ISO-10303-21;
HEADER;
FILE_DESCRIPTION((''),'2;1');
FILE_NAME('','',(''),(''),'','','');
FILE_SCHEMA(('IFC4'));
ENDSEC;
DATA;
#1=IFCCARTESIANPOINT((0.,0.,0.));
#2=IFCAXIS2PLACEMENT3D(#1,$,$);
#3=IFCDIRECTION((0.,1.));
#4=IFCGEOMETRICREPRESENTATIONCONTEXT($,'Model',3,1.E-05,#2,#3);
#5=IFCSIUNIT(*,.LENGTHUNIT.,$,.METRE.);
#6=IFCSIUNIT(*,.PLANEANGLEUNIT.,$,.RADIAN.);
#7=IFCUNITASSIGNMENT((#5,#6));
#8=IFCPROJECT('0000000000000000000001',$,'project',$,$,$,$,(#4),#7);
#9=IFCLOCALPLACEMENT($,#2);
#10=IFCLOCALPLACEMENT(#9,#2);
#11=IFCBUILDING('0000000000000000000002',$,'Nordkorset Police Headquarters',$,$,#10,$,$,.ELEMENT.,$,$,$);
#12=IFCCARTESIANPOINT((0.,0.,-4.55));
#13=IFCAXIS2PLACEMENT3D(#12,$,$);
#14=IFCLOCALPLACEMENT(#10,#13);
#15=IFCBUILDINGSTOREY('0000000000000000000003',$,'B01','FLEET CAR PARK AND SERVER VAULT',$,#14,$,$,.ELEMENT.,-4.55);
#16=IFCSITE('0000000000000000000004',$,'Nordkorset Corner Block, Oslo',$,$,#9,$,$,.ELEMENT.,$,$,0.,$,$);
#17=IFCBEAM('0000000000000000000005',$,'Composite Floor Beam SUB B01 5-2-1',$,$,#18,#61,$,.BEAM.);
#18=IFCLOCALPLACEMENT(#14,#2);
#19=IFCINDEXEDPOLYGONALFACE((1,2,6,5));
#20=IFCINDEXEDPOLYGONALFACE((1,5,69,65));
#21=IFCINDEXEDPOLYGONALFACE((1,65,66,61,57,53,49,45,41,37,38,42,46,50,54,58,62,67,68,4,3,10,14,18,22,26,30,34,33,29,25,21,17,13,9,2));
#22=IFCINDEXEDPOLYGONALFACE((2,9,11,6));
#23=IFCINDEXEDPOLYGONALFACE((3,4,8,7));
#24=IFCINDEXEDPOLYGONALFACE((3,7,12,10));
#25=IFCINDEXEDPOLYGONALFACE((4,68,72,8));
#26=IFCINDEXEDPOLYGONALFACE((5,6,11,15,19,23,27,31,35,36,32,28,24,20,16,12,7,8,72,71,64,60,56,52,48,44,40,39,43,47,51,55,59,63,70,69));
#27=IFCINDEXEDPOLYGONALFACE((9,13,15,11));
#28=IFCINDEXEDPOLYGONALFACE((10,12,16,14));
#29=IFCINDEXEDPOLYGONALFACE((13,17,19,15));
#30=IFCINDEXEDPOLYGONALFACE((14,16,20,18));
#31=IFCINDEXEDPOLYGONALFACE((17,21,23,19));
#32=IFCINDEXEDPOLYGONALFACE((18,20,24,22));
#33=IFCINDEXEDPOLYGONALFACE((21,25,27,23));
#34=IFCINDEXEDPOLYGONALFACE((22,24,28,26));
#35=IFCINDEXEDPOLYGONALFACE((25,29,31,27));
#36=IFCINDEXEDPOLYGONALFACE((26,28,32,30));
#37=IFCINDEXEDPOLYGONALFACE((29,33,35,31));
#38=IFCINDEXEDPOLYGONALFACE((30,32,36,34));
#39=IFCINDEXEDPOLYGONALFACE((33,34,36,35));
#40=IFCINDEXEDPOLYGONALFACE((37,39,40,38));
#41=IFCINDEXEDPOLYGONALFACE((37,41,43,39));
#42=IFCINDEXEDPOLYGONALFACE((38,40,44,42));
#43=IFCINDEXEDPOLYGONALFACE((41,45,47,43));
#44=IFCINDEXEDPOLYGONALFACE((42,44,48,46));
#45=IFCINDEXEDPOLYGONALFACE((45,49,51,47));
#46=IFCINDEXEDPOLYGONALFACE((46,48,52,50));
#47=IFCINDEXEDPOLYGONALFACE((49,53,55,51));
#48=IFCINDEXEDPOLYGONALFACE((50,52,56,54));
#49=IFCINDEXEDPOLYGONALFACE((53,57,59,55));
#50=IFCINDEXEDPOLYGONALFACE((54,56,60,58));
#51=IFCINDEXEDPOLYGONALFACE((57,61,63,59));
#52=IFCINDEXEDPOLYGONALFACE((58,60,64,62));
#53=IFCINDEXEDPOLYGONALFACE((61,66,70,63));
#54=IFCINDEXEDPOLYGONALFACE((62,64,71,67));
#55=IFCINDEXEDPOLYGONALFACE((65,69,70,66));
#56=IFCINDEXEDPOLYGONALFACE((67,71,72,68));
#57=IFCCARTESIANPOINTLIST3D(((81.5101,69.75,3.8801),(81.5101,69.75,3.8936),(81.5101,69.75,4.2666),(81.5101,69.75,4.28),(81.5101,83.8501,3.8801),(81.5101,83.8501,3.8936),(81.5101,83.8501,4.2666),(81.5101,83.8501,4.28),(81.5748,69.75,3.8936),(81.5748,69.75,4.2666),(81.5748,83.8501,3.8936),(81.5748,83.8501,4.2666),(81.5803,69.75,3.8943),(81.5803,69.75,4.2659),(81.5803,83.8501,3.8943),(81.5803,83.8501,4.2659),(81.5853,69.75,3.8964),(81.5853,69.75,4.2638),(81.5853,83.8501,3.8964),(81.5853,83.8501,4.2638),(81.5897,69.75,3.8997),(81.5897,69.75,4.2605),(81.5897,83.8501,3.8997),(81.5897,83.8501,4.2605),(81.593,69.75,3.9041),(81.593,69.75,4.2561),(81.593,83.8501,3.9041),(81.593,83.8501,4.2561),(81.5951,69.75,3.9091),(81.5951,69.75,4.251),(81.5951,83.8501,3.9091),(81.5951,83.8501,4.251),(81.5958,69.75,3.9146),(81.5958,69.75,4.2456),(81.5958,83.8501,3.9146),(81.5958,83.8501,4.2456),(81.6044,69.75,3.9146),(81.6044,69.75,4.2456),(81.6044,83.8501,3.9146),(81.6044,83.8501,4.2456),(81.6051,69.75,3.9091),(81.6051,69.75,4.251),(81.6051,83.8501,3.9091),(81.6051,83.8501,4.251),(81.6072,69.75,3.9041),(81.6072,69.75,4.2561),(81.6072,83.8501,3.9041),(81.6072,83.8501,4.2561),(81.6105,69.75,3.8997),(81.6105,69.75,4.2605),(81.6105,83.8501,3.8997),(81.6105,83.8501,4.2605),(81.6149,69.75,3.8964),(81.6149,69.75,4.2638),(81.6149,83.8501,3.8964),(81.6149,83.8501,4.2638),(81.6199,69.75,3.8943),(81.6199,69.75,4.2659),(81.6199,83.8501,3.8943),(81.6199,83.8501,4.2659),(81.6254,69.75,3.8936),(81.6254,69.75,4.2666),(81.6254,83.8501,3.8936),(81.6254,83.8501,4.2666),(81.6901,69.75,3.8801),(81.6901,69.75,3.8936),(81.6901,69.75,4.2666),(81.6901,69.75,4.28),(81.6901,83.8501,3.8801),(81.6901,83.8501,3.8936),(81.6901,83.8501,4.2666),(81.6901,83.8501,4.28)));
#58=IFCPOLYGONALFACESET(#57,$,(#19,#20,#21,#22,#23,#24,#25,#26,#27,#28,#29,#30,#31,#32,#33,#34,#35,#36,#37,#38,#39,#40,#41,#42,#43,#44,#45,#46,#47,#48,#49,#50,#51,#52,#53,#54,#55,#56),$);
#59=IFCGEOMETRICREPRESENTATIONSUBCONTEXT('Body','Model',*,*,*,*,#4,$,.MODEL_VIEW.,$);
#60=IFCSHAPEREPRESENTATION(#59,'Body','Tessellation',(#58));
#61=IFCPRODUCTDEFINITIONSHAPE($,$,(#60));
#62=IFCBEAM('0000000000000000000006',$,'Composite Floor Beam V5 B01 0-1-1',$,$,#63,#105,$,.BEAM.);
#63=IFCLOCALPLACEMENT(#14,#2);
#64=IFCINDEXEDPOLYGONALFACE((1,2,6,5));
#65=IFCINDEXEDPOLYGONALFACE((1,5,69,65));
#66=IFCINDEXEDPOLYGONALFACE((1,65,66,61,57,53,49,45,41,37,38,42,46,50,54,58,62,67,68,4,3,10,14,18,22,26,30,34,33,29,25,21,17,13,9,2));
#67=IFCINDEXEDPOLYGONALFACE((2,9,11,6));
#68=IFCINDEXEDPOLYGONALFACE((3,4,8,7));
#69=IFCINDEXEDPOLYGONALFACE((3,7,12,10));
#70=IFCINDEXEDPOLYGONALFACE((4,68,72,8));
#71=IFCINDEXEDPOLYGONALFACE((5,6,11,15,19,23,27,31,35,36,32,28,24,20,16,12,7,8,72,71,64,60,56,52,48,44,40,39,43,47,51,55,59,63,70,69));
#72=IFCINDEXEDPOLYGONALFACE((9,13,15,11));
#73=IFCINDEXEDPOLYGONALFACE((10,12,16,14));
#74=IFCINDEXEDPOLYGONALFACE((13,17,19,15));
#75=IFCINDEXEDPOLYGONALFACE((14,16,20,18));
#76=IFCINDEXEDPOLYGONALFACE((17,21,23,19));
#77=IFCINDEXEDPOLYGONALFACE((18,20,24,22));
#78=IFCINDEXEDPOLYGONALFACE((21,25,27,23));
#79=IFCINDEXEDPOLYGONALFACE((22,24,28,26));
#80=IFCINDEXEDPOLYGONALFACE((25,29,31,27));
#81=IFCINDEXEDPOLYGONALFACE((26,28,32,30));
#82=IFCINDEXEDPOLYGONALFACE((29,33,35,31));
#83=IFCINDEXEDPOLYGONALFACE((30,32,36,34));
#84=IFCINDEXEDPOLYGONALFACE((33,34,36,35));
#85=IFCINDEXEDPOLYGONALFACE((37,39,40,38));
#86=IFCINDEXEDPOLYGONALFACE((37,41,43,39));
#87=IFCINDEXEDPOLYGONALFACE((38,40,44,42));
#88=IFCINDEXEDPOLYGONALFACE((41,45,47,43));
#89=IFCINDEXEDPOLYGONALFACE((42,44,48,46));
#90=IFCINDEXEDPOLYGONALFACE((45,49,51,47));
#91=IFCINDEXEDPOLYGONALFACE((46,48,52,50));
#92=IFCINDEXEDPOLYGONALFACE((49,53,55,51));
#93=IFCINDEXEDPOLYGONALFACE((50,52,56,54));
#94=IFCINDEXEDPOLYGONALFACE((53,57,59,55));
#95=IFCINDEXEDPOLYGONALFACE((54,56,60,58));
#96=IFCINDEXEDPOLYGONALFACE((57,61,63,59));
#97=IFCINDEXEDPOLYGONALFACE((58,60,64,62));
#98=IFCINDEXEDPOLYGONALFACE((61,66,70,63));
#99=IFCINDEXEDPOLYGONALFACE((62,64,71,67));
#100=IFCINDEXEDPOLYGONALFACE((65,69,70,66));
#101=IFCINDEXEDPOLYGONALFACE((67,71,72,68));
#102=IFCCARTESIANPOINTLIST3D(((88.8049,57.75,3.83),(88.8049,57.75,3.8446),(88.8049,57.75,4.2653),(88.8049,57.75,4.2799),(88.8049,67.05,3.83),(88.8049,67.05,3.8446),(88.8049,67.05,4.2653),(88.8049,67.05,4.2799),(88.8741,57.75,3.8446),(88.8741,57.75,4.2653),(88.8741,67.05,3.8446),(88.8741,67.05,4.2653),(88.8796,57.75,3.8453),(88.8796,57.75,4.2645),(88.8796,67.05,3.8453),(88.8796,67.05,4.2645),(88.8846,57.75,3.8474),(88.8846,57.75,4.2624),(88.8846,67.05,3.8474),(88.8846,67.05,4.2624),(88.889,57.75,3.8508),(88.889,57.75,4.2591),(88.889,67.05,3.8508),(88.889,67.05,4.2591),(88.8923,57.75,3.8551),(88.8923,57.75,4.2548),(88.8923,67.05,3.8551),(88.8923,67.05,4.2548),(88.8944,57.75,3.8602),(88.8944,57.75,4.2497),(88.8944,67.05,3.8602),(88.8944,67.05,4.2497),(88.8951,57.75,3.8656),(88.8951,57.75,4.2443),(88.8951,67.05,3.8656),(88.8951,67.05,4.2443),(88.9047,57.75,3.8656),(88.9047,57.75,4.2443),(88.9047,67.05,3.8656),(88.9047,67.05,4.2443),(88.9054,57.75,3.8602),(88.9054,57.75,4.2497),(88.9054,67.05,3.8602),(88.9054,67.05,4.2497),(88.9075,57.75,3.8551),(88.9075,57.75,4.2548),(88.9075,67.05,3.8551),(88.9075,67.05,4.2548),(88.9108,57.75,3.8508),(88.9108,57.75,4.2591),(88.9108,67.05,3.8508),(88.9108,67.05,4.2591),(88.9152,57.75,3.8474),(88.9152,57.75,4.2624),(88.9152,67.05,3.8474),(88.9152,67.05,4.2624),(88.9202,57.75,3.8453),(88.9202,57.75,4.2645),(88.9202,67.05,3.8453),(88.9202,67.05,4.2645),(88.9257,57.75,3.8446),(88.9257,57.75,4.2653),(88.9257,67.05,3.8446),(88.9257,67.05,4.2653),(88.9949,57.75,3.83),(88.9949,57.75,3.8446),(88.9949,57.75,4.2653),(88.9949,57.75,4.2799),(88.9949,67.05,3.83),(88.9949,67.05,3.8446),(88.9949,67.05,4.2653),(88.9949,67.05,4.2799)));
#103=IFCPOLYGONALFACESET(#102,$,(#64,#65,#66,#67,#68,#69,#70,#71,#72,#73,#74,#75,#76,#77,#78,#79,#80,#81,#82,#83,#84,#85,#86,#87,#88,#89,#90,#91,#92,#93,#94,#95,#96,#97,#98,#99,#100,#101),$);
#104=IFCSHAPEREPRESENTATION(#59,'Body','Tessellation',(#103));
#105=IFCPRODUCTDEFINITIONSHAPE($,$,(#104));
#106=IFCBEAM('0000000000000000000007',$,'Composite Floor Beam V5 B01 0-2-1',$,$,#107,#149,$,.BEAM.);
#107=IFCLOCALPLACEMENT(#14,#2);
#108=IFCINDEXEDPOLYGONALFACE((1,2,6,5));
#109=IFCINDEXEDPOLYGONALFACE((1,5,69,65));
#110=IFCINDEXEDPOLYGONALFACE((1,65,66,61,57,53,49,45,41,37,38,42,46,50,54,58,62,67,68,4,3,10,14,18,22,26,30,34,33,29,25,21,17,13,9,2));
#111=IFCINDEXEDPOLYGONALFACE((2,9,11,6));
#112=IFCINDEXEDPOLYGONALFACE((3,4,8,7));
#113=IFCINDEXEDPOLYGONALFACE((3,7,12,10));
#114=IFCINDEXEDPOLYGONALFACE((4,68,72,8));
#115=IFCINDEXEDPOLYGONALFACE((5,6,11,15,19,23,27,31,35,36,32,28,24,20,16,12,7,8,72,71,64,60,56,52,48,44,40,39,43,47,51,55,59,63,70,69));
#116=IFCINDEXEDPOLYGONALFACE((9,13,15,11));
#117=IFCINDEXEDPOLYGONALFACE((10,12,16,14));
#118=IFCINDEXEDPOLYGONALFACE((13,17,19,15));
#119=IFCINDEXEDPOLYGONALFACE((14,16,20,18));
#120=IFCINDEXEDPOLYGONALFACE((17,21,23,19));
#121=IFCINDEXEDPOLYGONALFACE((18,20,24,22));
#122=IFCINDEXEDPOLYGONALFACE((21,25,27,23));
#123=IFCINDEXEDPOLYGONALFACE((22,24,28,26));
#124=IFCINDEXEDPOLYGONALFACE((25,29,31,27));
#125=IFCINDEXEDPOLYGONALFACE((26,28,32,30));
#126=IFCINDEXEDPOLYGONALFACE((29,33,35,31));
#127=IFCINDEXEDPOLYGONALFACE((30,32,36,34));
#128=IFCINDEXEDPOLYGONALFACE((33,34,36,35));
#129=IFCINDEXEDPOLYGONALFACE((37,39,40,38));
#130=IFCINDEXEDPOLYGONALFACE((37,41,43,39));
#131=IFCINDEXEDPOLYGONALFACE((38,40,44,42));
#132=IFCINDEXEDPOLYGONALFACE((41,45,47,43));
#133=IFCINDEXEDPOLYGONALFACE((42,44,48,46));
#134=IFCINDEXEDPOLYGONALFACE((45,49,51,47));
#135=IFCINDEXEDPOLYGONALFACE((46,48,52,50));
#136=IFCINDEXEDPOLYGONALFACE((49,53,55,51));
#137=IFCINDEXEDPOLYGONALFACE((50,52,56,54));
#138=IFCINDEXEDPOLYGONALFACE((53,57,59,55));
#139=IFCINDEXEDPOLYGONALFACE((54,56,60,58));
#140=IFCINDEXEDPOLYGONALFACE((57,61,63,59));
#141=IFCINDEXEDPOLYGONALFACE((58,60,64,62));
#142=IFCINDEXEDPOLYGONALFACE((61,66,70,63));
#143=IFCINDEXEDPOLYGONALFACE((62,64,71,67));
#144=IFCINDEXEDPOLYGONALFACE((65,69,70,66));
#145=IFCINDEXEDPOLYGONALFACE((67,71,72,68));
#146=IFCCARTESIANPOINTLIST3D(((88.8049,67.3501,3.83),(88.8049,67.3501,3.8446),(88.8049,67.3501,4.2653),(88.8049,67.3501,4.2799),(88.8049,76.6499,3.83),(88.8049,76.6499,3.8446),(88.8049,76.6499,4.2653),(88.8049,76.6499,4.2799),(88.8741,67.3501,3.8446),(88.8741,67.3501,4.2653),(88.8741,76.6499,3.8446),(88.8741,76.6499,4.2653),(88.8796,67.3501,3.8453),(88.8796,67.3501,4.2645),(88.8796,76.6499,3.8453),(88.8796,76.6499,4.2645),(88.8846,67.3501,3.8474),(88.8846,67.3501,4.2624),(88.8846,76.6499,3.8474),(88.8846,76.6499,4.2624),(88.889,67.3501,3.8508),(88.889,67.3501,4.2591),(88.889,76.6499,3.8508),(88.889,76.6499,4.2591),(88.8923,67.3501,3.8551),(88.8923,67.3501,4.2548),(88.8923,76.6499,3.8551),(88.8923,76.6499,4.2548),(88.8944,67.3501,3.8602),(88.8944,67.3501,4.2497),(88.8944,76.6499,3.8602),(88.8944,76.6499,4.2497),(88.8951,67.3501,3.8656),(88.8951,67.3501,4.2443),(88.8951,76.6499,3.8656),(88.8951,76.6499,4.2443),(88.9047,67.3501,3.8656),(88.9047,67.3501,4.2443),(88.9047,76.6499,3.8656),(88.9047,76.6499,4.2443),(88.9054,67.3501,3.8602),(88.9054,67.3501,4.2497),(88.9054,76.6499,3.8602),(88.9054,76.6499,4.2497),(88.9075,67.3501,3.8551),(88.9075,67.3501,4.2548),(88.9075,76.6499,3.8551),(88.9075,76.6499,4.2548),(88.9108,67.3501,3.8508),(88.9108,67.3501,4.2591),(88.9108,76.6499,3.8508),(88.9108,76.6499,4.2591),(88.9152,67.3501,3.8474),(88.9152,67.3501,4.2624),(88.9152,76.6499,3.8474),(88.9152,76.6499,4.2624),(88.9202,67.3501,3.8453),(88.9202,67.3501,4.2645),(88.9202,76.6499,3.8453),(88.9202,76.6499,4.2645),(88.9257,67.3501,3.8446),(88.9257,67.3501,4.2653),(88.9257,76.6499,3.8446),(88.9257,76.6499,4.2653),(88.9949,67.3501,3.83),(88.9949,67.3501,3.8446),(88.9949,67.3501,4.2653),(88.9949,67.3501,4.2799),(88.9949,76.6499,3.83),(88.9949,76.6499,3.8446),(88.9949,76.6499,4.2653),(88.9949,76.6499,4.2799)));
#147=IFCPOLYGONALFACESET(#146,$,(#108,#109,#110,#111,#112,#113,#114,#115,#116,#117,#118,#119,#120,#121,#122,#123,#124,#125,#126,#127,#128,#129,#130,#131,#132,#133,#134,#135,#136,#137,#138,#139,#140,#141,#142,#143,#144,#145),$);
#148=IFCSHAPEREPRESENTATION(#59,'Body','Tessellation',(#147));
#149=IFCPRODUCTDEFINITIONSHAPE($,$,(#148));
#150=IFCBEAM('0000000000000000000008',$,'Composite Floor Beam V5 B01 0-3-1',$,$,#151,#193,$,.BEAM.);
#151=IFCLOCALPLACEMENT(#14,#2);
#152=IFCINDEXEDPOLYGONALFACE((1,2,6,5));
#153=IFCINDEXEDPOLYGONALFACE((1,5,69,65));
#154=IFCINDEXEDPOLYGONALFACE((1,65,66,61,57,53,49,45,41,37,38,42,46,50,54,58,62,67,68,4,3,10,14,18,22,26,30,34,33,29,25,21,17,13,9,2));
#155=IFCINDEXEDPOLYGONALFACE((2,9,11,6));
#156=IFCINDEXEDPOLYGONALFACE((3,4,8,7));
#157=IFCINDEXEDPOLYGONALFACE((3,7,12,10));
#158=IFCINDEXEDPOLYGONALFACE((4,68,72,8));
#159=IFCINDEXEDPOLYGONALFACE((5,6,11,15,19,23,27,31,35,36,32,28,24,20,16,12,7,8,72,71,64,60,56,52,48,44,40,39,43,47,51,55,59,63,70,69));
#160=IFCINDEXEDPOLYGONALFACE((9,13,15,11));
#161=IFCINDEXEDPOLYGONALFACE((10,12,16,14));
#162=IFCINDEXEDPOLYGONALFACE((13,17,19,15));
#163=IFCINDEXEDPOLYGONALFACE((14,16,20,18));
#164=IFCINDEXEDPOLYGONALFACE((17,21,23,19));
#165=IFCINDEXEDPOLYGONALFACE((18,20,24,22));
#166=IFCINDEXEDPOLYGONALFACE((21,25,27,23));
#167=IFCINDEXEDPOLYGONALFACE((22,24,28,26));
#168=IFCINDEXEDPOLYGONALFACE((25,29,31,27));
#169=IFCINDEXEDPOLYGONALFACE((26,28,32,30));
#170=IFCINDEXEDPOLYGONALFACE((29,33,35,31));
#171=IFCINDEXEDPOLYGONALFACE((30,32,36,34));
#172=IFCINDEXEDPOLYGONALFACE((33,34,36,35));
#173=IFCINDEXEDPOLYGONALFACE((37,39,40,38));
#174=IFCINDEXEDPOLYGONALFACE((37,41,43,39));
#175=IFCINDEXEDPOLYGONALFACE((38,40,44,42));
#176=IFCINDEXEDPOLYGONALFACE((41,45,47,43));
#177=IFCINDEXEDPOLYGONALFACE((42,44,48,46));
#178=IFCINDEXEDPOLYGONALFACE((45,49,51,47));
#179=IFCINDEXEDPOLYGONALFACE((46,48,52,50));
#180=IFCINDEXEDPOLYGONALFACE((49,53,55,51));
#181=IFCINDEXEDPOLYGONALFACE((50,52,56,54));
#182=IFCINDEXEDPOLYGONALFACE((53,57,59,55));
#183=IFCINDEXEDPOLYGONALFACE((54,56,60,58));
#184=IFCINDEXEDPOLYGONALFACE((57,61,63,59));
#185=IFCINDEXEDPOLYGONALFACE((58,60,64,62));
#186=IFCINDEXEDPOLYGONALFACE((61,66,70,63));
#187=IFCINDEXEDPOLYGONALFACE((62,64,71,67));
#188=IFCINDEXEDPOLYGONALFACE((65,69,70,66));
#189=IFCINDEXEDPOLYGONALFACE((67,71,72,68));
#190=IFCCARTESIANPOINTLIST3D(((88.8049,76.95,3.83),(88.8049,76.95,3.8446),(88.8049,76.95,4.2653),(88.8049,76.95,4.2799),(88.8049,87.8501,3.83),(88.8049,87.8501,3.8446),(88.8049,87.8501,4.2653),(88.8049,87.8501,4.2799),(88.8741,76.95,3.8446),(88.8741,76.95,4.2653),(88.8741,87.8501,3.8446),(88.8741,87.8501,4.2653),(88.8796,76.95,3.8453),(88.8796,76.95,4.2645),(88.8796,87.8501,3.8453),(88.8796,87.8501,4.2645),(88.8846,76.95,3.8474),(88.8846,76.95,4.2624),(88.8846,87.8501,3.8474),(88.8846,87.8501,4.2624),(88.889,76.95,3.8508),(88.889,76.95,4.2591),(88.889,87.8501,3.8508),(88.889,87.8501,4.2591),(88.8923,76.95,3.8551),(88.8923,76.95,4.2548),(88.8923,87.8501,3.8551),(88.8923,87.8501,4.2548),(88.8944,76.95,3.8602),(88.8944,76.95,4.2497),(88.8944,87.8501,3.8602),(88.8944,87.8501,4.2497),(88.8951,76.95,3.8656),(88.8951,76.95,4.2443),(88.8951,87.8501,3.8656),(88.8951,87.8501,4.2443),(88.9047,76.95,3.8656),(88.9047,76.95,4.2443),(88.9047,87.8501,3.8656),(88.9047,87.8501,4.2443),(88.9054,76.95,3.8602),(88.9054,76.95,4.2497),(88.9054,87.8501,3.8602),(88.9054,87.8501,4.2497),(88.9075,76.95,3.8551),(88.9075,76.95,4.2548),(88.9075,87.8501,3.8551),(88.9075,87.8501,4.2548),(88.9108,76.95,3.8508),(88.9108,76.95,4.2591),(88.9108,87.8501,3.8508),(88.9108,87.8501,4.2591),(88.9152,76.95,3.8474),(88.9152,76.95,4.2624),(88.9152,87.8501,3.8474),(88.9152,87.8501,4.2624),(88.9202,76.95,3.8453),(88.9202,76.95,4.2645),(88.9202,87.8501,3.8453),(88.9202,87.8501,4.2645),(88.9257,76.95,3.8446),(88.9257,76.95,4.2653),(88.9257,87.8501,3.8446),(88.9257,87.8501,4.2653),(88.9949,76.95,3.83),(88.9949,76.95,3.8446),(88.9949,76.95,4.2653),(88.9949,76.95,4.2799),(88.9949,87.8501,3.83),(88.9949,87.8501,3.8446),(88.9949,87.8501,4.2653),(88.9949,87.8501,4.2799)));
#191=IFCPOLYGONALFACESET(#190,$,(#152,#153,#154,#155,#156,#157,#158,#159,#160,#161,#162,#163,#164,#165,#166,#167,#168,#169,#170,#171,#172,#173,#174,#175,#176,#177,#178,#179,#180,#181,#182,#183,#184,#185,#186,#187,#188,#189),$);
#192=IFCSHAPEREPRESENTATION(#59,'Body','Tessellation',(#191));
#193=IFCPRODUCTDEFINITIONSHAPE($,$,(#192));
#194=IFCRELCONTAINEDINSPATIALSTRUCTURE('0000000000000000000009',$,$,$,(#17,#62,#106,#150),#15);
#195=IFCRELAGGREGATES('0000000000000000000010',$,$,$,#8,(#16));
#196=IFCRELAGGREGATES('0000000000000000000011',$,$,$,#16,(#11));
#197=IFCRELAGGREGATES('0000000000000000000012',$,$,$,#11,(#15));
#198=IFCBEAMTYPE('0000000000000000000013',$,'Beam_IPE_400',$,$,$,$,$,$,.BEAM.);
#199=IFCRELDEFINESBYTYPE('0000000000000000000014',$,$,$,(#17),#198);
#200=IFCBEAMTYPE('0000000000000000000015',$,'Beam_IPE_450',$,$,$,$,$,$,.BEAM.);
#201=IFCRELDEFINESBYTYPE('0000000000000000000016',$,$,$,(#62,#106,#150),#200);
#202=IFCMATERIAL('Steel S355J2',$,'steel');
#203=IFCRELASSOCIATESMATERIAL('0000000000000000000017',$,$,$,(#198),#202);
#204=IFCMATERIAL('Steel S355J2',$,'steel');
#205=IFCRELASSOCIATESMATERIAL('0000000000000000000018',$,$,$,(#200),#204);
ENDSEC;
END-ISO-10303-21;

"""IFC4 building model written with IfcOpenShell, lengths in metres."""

from ifc_helpers import new_model, si_unit, direction, frame, origin, origin_2d, place, context, subcontext, project, spatial, i_section, extrude, material, material_profile, profile_set, type_object, element, save


model = new_model("IFC4")

# Units and contexts
model_context = context("Model", 3, precision=1e-05, world=origin(), true_north=direction((0.0, 1.0)))
body_context = subcontext(model_context, "Body", "Model", "MODEL_VIEW")
ifc_project = project(units=[si_unit("LENGTHUNIT", "METRE"), si_unit("PLANEANGLEUNIT", "RADIAN")], contexts=[model_context])

# Site, building, storey
site_placement = place(None, origin())
site = spatial("IfcSite", under=ifc_project, at=site_placement, Name="Nordkorset Corner Block, Oslo", CompositionType="ELEMENT", RefElevation=0.0)
building_placement = place(site_placement, origin())
building = spatial("IfcBuilding", under=site, at=building_placement, Name="Nordkorset Police Headquarters", CompositionType="ELEMENT")
storey_placement = place(building_placement, frame((0.0, 0.0, -4.55)))
storey = spatial("IfcBuildingStorey", under=building, at=storey_placement, Name="B01", Description="FLEET CAR PARK AND SERVER VAULT", CompositionType="ELEMENT", Elevation=-4.55)

# Beams
ifc_material_1 = material(Name="Steel S355J2", Category="steel")
ifc_material_profile_1 = material_profile(ifc_material_1, i_section(OverallWidth=0.1799, OverallDepth=0.3999, WebThickness=0.0085, FlangeThickness=0.0134, FilletRadius=0.021, at=origin_2d()), Name="IPE 400")
ifc_profile_set_1 = profile_set([ifc_material_profile_1], Name="Steel S355J2")
beam_type_1 = type_object("IfcBeamType", Name="Beam_IPE_400", PredefinedType="BEAM", material=ifc_profile_set_1)
beam_1_placement = place(storey_placement, frame((81.6001, 69.75, 4.0801), z_axis=(0.0, 1.0, 0.0), x_axis=(-1.0, 0.0, 0.0)))
element("IfcBeam", 1, at=beam_1_placement, inside=storey, type_object=beam_type_1, Name="Composite Floor Beam SUB B01 5-2-1", PredefinedType="BEAM", context=body_context, shape_type="SweptSolid", body=[
    extrude(i_section(OverallWidth=0.1799, OverallDepth=0.3999, WebThickness=0.0085, FlangeThickness=0.0134, FilletRadius=0.021, at=origin_2d()), origin(), (0.0, 0.0, 1.0), 14.1001),
])
ifc_material_2 = material(Name="Steel S355J2", Category="steel")
ifc_material_profile_2 = material_profile(ifc_material_2, i_section(OverallWidth=0.1899, OverallDepth=0.45, WebThickness=0.0095, FlangeThickness=0.0146, FilletRadius=0.021, at=origin_2d()), Name="IPE 450")
ifc_profile_set_2 = profile_set([ifc_material_profile_2], Name="Steel S355J2")
beam_type_2 = type_object("IfcBeamType", Name="Beam_IPE_450", PredefinedType="BEAM", material=ifc_profile_set_2)
beam_2_placement = place(storey_placement, frame((88.8999, 57.75, 4.0549), z_axis=(0.0, 1.0, 0.0), x_axis=(-1.0, 0.0, 0.0)))
element("IfcBeam", 2, at=beam_2_placement, inside=storey, type_object=beam_type_2, Name="Composite Floor Beam V5 B01 0-1-1", PredefinedType="BEAM", context=body_context, shape_type="SweptSolid", body=[
    extrude(i_section(OverallWidth=0.1899, OverallDepth=0.45, WebThickness=0.0095, FlangeThickness=0.0146, FilletRadius=0.021, at=origin_2d()), origin(), (0.0, 0.0, 1.0), 9.3),
])
beam_3_placement = place(storey_placement, frame((88.8999, 67.3501, 4.0549), z_axis=(0.0, 1.0, 0.0), x_axis=(-1.0, 0.0, 0.0)))
element("IfcBeam", 3, at=beam_3_placement, inside=storey, type_object=beam_type_2, Name="Composite Floor Beam V5 B01 0-2-1", PredefinedType="BEAM", context=body_context, shape_type="SweptSolid", body=[
    extrude(i_section(OverallWidth=0.1899, OverallDepth=0.45, WebThickness=0.0095, FlangeThickness=0.0146, FilletRadius=0.021, at=origin_2d()), origin(), (0.0, 0.0, 1.0), 9.2998),
])
beam_4_placement = place(storey_placement, frame((88.8999, 76.95, 4.0549), z_axis=(0.0, 1.0, 0.0), x_axis=(-1.0, 0.0, 0.0)))
element("IfcBeam", 4, at=beam_4_placement, inside=storey, type_object=beam_type_2, Name="Composite Floor Beam V5 B01 0-3-1", PredefinedType="BEAM", context=body_context, shape_type="SweptSolid", body=[
    extrude(i_section(OverallWidth=0.1899, OverallDepth=0.45, WebThickness=0.0095, FlangeThickness=0.0146, FilletRadius=0.021, at=origin_2d()), origin(), (0.0, 0.0, 1.0), 10.9001),
])

save(model, "model.ifc")
